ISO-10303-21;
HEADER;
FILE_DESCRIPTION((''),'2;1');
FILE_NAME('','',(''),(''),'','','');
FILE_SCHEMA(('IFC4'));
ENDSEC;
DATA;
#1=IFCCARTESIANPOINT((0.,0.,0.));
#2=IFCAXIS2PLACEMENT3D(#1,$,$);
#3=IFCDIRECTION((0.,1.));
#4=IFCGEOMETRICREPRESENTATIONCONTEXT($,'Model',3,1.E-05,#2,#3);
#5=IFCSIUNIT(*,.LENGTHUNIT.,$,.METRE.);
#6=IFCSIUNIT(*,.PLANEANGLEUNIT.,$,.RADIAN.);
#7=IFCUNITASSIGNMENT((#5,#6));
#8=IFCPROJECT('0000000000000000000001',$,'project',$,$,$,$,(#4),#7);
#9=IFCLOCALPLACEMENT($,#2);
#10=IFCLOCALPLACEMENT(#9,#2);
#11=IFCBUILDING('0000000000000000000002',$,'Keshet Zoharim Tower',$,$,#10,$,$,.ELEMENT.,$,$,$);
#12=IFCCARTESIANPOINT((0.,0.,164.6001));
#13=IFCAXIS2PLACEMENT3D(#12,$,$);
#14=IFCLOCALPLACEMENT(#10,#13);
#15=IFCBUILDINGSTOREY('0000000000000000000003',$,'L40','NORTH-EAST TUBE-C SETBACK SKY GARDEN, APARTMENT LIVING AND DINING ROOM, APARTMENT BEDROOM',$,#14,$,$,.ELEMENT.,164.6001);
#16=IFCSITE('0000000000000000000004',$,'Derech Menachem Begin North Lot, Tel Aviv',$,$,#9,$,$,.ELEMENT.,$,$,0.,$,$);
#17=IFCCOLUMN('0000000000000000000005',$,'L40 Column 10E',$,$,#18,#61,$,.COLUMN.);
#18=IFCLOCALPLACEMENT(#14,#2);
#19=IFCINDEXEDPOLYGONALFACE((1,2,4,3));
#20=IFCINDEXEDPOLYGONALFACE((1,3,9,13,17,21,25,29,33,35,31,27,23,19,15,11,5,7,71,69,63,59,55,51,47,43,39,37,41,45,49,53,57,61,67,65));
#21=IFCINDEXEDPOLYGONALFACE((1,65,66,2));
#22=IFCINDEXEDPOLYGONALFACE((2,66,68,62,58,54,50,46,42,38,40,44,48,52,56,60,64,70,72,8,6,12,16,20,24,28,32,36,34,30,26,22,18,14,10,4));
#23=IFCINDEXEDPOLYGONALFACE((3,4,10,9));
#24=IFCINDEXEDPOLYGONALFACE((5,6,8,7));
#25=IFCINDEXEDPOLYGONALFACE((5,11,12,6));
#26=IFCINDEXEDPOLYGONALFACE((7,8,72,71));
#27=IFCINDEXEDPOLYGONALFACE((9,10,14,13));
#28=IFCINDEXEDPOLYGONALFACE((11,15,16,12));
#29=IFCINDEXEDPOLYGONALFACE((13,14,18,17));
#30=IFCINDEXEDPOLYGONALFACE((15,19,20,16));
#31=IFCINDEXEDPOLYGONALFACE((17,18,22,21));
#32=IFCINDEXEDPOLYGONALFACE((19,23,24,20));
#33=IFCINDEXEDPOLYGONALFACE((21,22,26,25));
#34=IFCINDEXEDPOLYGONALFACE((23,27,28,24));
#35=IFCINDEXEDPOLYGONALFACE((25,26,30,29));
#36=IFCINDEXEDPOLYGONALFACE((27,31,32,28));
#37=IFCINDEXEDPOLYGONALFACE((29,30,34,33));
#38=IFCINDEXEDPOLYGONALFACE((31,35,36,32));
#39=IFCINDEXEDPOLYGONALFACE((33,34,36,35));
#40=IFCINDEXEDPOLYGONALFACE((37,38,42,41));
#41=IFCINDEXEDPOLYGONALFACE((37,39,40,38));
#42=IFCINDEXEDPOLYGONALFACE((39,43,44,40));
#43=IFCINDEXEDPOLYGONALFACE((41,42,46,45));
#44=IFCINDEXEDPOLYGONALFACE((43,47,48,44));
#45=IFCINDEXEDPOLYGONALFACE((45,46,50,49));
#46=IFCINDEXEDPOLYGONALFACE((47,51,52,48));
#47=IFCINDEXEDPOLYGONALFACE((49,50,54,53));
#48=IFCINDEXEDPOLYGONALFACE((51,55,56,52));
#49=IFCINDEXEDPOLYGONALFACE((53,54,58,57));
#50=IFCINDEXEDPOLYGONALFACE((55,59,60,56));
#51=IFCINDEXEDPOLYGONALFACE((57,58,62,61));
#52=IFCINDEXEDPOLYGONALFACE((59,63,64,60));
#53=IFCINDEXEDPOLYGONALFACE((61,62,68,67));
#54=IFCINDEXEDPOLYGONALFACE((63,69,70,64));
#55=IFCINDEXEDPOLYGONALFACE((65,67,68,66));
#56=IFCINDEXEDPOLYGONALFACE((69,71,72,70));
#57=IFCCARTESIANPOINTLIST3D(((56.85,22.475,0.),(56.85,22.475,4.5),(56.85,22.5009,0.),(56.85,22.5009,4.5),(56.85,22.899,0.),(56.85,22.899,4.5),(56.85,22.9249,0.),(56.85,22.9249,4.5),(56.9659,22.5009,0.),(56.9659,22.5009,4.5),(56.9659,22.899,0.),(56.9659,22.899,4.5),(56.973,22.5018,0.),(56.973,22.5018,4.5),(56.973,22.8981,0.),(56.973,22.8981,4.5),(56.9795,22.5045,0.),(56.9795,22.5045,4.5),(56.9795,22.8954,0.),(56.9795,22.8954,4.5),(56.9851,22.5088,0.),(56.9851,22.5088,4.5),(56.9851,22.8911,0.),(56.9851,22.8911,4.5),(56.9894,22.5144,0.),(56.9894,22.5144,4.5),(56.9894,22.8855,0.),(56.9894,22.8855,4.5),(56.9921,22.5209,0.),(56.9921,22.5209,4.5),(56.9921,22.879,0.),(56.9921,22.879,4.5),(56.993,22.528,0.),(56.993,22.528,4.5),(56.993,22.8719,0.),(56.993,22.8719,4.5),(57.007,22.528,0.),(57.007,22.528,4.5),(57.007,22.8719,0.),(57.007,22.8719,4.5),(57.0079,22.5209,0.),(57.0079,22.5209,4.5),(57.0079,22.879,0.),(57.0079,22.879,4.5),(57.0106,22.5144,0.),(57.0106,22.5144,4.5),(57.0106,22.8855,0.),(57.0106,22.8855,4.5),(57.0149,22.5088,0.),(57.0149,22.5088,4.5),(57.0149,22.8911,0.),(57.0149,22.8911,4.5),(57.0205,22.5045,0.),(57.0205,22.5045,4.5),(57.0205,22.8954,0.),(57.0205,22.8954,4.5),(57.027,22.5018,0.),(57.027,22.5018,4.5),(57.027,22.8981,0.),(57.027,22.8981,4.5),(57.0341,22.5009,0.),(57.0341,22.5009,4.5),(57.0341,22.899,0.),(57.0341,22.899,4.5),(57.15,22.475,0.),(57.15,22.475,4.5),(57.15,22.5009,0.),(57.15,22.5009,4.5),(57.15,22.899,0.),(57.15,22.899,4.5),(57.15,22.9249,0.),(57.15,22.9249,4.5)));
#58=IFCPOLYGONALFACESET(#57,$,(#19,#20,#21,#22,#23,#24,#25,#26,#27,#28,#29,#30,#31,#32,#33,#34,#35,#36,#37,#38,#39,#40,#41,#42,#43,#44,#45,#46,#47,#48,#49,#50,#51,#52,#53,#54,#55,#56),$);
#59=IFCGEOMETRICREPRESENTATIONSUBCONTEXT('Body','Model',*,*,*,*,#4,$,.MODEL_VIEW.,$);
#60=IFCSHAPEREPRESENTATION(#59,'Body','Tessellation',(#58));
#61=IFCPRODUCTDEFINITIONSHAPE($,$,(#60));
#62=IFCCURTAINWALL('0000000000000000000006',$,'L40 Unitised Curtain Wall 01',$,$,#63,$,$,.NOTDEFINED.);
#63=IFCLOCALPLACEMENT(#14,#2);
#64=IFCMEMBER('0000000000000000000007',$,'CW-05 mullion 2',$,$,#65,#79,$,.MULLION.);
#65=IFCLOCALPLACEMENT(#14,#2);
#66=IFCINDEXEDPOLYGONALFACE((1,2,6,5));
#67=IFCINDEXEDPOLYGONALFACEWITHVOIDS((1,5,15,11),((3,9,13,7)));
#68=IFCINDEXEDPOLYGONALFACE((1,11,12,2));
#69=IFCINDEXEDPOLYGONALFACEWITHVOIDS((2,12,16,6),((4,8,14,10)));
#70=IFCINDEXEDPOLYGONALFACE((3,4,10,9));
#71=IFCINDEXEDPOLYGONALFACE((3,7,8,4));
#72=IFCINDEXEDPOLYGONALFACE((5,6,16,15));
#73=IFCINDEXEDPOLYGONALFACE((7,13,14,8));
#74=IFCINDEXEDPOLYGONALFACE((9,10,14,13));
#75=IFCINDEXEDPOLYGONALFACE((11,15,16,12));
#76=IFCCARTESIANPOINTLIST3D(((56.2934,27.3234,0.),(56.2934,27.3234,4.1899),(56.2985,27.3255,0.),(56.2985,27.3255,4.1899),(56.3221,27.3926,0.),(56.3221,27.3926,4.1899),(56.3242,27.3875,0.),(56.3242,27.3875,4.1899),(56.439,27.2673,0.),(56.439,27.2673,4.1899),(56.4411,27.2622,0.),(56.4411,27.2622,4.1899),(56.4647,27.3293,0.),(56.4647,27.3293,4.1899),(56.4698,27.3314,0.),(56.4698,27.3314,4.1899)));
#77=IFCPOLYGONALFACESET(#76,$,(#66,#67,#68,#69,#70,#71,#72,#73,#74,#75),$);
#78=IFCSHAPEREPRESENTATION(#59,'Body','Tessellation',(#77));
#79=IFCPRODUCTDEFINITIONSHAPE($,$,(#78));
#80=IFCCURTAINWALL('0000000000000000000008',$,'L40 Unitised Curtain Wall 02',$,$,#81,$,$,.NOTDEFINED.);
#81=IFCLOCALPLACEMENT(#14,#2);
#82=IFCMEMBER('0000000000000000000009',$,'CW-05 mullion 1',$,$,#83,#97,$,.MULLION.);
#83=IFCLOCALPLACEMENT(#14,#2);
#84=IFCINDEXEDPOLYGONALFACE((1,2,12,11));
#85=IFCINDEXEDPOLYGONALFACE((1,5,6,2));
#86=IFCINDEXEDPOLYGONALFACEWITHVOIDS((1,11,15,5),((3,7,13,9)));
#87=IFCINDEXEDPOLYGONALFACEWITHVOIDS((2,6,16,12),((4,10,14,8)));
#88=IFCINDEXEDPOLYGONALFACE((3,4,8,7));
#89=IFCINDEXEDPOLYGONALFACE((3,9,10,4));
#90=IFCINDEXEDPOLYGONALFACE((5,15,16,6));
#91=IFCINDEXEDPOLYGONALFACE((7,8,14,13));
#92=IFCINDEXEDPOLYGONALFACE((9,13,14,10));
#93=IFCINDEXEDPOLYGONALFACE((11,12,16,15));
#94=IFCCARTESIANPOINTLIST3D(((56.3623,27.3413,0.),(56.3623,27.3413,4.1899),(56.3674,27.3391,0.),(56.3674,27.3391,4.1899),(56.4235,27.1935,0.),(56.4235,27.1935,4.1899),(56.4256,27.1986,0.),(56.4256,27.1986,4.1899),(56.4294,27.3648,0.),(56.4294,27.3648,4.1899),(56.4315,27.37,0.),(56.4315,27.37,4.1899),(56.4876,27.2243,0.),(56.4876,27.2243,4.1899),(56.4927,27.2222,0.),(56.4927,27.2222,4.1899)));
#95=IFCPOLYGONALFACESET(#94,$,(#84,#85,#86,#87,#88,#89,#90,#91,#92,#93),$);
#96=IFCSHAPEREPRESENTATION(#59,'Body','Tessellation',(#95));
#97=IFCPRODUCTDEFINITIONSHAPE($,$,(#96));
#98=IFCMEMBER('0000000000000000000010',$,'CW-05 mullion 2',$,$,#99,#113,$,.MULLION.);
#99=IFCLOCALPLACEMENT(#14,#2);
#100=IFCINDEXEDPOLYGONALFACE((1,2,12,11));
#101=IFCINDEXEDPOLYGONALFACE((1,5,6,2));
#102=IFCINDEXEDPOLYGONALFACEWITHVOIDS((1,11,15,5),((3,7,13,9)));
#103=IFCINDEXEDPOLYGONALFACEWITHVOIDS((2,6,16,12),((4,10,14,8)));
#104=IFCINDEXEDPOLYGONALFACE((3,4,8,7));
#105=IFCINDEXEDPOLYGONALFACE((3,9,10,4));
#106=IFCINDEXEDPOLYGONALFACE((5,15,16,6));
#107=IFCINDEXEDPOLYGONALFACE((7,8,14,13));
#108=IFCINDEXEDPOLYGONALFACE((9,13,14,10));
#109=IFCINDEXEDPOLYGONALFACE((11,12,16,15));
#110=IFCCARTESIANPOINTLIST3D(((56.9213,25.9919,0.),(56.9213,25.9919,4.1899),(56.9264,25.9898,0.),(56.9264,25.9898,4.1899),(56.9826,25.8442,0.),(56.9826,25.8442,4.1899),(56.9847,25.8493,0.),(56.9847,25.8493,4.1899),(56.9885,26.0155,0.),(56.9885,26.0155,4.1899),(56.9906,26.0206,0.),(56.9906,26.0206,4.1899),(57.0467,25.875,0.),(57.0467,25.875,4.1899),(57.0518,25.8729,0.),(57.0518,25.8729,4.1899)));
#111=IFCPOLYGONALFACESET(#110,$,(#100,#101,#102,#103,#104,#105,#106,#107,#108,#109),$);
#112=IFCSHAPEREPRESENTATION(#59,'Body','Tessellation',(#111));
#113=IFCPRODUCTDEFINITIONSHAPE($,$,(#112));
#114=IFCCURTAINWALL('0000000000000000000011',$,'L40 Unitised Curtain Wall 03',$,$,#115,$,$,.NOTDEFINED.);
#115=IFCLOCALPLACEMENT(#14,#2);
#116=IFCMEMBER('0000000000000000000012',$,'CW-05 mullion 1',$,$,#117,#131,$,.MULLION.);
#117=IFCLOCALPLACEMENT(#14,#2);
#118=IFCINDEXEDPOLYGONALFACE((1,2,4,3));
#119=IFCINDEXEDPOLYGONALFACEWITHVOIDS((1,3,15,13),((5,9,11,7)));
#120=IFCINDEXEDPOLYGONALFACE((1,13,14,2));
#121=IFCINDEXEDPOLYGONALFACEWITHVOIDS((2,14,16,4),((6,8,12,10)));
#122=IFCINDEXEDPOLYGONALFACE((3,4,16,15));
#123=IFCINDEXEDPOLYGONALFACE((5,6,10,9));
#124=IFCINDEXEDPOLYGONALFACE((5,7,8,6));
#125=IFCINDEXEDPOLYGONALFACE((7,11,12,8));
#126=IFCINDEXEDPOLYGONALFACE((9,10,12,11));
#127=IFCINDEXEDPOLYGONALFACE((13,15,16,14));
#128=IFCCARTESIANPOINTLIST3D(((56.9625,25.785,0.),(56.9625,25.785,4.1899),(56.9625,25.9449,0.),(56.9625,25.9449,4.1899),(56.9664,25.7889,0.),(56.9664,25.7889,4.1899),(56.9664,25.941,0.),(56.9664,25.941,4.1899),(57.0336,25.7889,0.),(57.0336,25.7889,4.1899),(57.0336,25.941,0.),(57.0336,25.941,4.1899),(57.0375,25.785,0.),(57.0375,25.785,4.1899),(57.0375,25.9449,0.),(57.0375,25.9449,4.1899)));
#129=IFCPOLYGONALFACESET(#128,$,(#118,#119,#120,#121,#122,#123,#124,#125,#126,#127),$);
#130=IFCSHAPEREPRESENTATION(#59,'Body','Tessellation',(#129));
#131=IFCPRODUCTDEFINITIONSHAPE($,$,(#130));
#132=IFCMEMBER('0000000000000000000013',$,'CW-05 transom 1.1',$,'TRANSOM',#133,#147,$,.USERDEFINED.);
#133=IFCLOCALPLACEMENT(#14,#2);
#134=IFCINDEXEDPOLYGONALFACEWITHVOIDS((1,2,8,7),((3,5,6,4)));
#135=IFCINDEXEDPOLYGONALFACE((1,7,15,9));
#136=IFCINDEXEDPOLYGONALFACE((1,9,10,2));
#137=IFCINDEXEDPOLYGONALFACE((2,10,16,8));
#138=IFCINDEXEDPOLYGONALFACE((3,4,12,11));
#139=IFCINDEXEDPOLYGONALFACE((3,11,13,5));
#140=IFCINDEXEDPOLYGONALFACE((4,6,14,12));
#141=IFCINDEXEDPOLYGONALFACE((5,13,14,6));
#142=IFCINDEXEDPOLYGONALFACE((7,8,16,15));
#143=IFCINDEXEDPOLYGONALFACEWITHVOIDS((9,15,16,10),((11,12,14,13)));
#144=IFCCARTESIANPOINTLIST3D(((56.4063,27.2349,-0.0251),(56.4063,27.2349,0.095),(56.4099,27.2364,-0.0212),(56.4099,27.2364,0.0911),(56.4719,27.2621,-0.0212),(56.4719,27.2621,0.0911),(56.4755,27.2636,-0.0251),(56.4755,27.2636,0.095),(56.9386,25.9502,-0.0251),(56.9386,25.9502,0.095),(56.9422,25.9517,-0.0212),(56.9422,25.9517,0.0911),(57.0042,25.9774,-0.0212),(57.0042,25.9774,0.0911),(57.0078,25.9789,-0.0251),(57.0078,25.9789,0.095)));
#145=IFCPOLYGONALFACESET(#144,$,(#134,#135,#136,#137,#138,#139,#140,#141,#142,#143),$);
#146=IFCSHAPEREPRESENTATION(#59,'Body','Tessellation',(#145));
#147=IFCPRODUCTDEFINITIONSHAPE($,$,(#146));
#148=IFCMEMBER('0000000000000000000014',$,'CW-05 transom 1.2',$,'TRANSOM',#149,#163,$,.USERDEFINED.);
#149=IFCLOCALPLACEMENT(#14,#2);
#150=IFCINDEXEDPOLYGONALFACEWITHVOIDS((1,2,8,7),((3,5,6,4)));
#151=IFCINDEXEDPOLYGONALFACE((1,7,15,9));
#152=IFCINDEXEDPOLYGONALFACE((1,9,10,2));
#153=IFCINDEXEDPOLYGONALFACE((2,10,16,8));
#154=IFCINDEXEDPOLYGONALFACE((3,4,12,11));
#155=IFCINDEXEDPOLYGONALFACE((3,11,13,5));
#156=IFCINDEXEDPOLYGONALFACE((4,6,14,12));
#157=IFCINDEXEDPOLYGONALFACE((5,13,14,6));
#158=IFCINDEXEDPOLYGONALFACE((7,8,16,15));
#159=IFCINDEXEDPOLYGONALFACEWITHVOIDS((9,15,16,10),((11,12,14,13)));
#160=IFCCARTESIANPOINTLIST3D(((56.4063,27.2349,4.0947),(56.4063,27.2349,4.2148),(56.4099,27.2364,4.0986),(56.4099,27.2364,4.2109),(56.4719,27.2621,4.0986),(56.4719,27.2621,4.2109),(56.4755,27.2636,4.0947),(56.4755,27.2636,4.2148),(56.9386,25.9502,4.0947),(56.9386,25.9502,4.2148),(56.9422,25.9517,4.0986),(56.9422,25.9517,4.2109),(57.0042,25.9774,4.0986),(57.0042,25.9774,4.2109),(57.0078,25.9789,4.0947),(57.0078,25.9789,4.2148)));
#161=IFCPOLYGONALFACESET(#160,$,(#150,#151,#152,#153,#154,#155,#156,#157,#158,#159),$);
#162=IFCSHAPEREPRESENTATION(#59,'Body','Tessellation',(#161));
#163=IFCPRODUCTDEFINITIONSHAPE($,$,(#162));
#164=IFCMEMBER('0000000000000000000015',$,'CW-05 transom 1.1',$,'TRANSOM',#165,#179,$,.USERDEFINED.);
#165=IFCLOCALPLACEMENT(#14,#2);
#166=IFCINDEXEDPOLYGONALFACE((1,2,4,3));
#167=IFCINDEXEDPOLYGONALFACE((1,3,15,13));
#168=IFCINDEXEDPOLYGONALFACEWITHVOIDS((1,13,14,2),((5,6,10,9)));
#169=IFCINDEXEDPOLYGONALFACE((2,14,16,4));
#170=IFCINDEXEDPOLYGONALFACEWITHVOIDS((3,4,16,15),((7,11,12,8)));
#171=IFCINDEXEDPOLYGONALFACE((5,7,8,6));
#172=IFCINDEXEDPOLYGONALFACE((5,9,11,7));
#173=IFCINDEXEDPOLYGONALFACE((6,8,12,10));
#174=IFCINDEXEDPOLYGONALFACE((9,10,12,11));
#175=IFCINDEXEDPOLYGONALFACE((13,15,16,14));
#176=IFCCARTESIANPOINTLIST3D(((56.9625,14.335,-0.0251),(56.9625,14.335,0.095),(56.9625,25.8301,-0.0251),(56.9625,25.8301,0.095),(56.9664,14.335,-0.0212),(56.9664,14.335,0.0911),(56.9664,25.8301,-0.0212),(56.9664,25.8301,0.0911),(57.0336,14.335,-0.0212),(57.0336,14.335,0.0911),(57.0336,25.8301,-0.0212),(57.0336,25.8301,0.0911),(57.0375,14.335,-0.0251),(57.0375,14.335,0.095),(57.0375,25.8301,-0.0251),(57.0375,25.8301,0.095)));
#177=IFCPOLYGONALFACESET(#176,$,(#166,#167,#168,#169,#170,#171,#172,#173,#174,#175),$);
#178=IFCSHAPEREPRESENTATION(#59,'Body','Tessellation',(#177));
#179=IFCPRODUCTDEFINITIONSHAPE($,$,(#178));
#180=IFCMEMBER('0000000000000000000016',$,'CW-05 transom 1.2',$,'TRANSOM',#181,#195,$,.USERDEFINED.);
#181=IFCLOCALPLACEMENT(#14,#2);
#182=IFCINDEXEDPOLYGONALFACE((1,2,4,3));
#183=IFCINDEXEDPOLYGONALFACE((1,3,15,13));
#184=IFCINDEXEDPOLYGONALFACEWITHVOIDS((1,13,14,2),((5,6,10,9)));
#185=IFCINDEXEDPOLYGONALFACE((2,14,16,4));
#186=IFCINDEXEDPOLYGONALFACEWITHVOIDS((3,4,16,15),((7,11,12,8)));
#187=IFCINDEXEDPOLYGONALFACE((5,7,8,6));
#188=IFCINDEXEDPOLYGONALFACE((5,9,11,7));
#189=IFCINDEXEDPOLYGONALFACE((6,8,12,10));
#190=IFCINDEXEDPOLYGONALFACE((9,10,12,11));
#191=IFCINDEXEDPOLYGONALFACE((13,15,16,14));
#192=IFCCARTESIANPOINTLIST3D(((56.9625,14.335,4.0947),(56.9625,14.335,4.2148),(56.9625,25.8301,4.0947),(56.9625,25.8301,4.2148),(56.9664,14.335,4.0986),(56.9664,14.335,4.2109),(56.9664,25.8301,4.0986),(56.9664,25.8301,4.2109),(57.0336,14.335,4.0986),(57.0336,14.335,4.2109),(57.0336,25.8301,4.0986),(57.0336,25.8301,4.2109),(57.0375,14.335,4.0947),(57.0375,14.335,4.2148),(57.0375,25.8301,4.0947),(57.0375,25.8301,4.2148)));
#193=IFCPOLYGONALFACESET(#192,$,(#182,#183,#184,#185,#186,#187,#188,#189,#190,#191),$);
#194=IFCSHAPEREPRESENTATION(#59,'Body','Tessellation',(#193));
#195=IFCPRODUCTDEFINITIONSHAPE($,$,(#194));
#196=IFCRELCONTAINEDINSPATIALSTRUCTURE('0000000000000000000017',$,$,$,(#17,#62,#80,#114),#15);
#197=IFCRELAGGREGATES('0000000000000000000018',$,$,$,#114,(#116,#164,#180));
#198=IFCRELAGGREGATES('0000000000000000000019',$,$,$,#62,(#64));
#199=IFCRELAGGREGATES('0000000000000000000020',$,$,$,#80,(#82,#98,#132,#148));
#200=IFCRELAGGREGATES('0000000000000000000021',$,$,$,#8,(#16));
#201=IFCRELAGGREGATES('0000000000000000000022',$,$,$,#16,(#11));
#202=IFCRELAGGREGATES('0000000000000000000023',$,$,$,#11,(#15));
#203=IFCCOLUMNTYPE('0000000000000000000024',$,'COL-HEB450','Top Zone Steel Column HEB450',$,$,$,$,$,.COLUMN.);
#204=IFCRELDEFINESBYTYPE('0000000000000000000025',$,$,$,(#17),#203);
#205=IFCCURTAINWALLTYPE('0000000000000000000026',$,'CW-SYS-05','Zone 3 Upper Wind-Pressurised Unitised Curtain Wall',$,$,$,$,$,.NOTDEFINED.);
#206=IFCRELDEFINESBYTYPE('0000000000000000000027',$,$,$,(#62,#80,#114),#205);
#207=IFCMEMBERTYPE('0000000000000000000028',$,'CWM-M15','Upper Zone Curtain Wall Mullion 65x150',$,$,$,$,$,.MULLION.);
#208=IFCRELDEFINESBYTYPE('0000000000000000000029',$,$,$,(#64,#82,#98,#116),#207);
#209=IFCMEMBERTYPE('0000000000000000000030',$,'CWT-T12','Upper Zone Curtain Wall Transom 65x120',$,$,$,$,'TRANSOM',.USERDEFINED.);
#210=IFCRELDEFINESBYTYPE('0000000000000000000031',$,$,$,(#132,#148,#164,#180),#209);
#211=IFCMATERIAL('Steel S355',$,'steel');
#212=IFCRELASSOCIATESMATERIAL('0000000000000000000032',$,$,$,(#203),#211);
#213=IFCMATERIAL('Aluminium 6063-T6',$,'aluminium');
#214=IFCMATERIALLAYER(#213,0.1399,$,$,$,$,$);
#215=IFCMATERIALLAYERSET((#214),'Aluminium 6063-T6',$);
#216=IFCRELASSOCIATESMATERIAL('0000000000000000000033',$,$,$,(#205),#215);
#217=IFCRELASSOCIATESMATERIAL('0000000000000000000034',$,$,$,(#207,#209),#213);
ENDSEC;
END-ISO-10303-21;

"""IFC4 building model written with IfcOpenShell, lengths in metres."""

from ifc_helpers import new_model, si_unit, direction, frame, origin, origin_2d, place, context, subcontext, project, spatial, hollow_rectangle, i_section, extrude, material, layer, layer_set, material_profile, profile_set, type_object, element, aggregate, save


model = new_model("IFC4")

# Units and contexts
model_context = context("Model", 3, precision=1e-05, world=origin(), true_north=direction((0.0, 1.0)))
body_context = subcontext(model_context, "Body", "Model", "MODEL_VIEW")
ifc_project = project(units=[si_unit("LENGTHUNIT", "METRE"), si_unit("PLANEANGLEUNIT", "RADIAN")], contexts=[model_context])

# Site, building, storey
site_placement = place(None, origin())
site = spatial("IfcSite", under=ifc_project, at=site_placement, Name="Derech Menachem Begin North Lot, Tel Aviv", CompositionType="ELEMENT", RefElevation=0.0)
building_placement = place(site_placement, origin())
building = spatial("IfcBuilding", under=site, at=building_placement, Name="Keshet Zoharim Tower", CompositionType="ELEMENT")
storey_placement = place(building_placement, frame((0.0, 0.0, 164.6001)))
storey = spatial("IfcBuildingStorey", under=building, at=storey_placement, Name="L40", Description="NORTH-EAST TUBE-C SETBACK SKY GARDEN, APARTMENT LIVING AND DINING ROOM, APARTMENT BEDROOM", CompositionType="ELEMENT", Elevation=164.6001)

# Column
ifc_material_1 = material(Name="Steel S355", Category="steel")
ifc_material_profile_1 = material_profile(ifc_material_1, i_section(OverallWidth=0.3, OverallDepth=0.45, WebThickness=0.0139, FlangeThickness=0.0259, FilletRadius=0.0271, at=origin_2d()), Name="HEB450")
ifc_profile_set_1 = profile_set([ifc_material_profile_1], Name="Steel S355")
column_type = type_object("IfcColumnType", Name="COL-HEB450", Description="Top Zone Steel Column HEB450", PredefinedType="COLUMN", material=ifc_profile_set_1)
column_placement = place(storey_placement, frame((57.0, 22.7, 0.0), z_axis=(0.0, 0.0, 1.0), x_axis=(1.0, 0.0, 0.0)))
element("IfcColumn", 1, at=column_placement, inside=storey, type_object=column_type, Name="L40 Column 10E", PredefinedType="COLUMN", context=body_context, shape_type="SweptSolid", body=[
    extrude(i_section(OverallWidth=0.3, OverallDepth=0.45, WebThickness=0.0139, FlangeThickness=0.0259, FilletRadius=0.0271, at=origin_2d()), origin(), (0.0, 0.0, 1.0), 4.5),
])

# Curtain wall, member
ifc_material_2 = material(Name="Aluminium 6063-T6", Category="aluminium")
ifc_layer_1 = layer(ifc_material_2, 0.1399)
ifc_layer_set_1 = layer_set([ifc_layer_1], Name="Aluminium 6063-T6")
curtain_wall_type = type_object("IfcCurtainWallType", Name="CW-SYS-05", Description="Zone 3 Upper Wind-Pressurised Unitised Curtain Wall", PredefinedType="NOTDEFINED", material=ifc_layer_set_1)
curtain_wall_1_placement = place(storey_placement, origin())
curtain_wall_1 = element("IfcCurtainWall", 2, at=curtain_wall_1_placement, inside=storey, type_object=curtain_wall_type, Name="L40 Unitised Curtain Wall 01", PredefinedType="NOTDEFINED")
ifc_material_profile_2 = material_profile(ifc_material_2, hollow_rectangle(XDim=0.075, YDim=0.1599, WallThickness=0.0039, at=origin_2d()), Name="MUL-75x160")
ifc_profile_set_2 = profile_set([ifc_material_profile_2], Name="Aluminium 6063-T6")
member_type_1 = type_object("IfcMemberType", Name="CWM-M15", Description="Upper Zone Curtain Wall Mullion 65x150", PredefinedType="MULLION", material=ifc_profile_set_2)
member_1_placement = place(storey_placement, frame((56.3816, 27.3274, 0.0), z_axis=(0.0, 0.0, 1.0), x_axis=(0.382852, 0.92381, 0.0)))
member_1 = element("IfcMember", 3, at=member_1_placement, type_object=member_type_1, Name="CW-05 mullion 2", PredefinedType="MULLION", context=body_context, shape_type="SweptSolid", body=[
    extrude(hollow_rectangle(XDim=0.075, YDim=0.1599, WallThickness=0.0039, at=origin_2d()), origin(), (0.0, 0.0, 1.0), 4.1899),
])

# Curtain wall, members
curtain_wall_2_placement = place(storey_placement, origin())
curtain_wall_2 = element("IfcCurtainWall", 4, at=curtain_wall_2_placement, inside=storey, type_object=curtain_wall_type, Name="L40 Unitised Curtain Wall 02", PredefinedType="NOTDEFINED")
member_2_placement = place(storey_placement, frame((56.4275, 27.2817, 0.0), z_axis=(0.0, 0.0, 1.0), x_axis=(0.92381, 0.382852, 0.0)))
member_2 = element("IfcMember", 5, at=member_2_placement, type_object=member_type_1, Name="CW-05 mullion 1", PredefinedType="MULLION", context=body_context, shape_type="SweptSolid", body=[
    extrude(hollow_rectangle(XDim=0.075, YDim=0.1599, WallThickness=0.0039, at=origin_2d()), origin(), (0.0, 0.0, 1.0), 4.1899),
])
member_3_placement = place(storey_placement, frame((56.9866, 25.9324, 0.0), z_axis=(0.0, 0.0, 1.0), x_axis=(0.92381, 0.382852, 0.0)))
member_3 = element("IfcMember", 6, at=member_3_placement, type_object=member_type_1, Name="CW-05 mullion 2", PredefinedType="MULLION", context=body_context, shape_type="SweptSolid", body=[
    extrude(hollow_rectangle(XDim=0.075, YDim=0.1599, WallThickness=0.0039, at=origin_2d()), origin(), (0.0, 0.0, 1.0), 4.1899),
])

# Curtain wall, member
curtain_wall_3_placement = place(storey_placement, origin())
curtain_wall_3 = element("IfcCurtainWall", 7, at=curtain_wall_3_placement, inside=storey, type_object=curtain_wall_type, Name="L40 Unitised Curtain Wall 03", PredefinedType="NOTDEFINED")
member_4_placement = place(storey_placement, frame((57.0, 25.865, 0.0), z_axis=(0.0, 0.0, 1.0), x_axis=(1.0, 0.0, 0.0)))
member_4 = element("IfcMember", 8, at=member_4_placement, type_object=member_type_1, Name="CW-05 mullion 1", PredefinedType="MULLION", context=body_context, shape_type="SweptSolid", body=[
    extrude(hollow_rectangle(XDim=0.075, YDim=0.1599, WallThickness=0.0039, at=origin_2d()), origin(), (0.0, 0.0, 1.0), 4.1899),
])

# Members
ifc_material_profile_3 = material_profile(ifc_material_2, hollow_rectangle(XDim=0.075, YDim=0.1201, WallThickness=0.0039, at=origin_2d()), Name="TRN-75x120")
ifc_profile_set_3 = profile_set([ifc_material_profile_3], Name="Aluminium 6063-T6")
member_type_2 = type_object("IfcMemberType", Name="CWT-T12", Description="Upper Zone Curtain Wall Transom 65x120", ElementType="TRANSOM", PredefinedType="USERDEFINED", material=ifc_profile_set_3)
member_5_placement = place(storey_placement, frame((56.4409, 27.2493, 0.0349), z_axis=(0.382745, -0.923854, 0.0), x_axis=(0.923854, 0.382745, 0.0)))
member_5 = element("IfcMember", 9, at=member_5_placement, type_object=member_type_2, Name="CW-05 transom 1.1", ObjectType="TRANSOM", PredefinedType="USERDEFINED", context=body_context, shape_type="SweptSolid", body=[
    extrude(hollow_rectangle(XDim=0.075, YDim=0.1201, WallThickness=0.0039, at=origin_2d()), origin(), (0.0, 0.0, 1.0), 1.3906),
])
member_6_placement = place(storey_placement, frame((56.4409, 27.2493, 4.1548), z_axis=(0.382745, -0.923854, 0.0), x_axis=(0.923854, 0.382745, 0.0)))
member_6 = element("IfcMember", 10, at=member_6_placement, type_object=member_type_2, Name="CW-05 transom 1.2", ObjectType="TRANSOM", PredefinedType="USERDEFINED", context=body_context, shape_type="SweptSolid", body=[
    extrude(hollow_rectangle(XDim=0.075, YDim=0.1201, WallThickness=0.0039, at=origin_2d()), origin(), (0.0, 0.0, 1.0), 1.3906),
])
member_7_placement = place(storey_placement, frame((57.0, 25.8301, 0.0349), z_axis=(0.0, -1.0, 0.0), x_axis=(1.0, 0.0, 0.0)))
member_7 = element("IfcMember", 11, at=member_7_placement, type_object=member_type_2, Name="CW-05 transom 1.1", ObjectType="TRANSOM", PredefinedType="USERDEFINED", context=body_context, shape_type="SweptSolid", body=[
    extrude(hollow_rectangle(XDim=0.075, YDim=0.1201, WallThickness=0.0039, at=origin_2d()), origin(), (0.0, 0.0, 1.0), 11.4951),
])
member_8_placement = place(storey_placement, frame((57.0, 25.8301, 4.1548), z_axis=(0.0, -1.0, 0.0), x_axis=(1.0, 0.0, 0.0)))
member_8 = element("IfcMember", 12, at=member_8_placement, type_object=member_type_2, Name="CW-05 transom 1.2", ObjectType="TRANSOM", PredefinedType="USERDEFINED", context=body_context, shape_type="SweptSolid", body=[
    extrude(hollow_rectangle(XDim=0.075, YDim=0.1201, WallThickness=0.0039, at=origin_2d()), origin(), (0.0, 0.0, 1.0), 11.4951),
])
aggregate(curtain_wall_3, [member_4, member_7, member_8])

aggregate(curtain_wall_1, [member_1])
aggregate(curtain_wall_2, [member_2, member_3, member_5, member_6])

save(model, "model.ifc")
